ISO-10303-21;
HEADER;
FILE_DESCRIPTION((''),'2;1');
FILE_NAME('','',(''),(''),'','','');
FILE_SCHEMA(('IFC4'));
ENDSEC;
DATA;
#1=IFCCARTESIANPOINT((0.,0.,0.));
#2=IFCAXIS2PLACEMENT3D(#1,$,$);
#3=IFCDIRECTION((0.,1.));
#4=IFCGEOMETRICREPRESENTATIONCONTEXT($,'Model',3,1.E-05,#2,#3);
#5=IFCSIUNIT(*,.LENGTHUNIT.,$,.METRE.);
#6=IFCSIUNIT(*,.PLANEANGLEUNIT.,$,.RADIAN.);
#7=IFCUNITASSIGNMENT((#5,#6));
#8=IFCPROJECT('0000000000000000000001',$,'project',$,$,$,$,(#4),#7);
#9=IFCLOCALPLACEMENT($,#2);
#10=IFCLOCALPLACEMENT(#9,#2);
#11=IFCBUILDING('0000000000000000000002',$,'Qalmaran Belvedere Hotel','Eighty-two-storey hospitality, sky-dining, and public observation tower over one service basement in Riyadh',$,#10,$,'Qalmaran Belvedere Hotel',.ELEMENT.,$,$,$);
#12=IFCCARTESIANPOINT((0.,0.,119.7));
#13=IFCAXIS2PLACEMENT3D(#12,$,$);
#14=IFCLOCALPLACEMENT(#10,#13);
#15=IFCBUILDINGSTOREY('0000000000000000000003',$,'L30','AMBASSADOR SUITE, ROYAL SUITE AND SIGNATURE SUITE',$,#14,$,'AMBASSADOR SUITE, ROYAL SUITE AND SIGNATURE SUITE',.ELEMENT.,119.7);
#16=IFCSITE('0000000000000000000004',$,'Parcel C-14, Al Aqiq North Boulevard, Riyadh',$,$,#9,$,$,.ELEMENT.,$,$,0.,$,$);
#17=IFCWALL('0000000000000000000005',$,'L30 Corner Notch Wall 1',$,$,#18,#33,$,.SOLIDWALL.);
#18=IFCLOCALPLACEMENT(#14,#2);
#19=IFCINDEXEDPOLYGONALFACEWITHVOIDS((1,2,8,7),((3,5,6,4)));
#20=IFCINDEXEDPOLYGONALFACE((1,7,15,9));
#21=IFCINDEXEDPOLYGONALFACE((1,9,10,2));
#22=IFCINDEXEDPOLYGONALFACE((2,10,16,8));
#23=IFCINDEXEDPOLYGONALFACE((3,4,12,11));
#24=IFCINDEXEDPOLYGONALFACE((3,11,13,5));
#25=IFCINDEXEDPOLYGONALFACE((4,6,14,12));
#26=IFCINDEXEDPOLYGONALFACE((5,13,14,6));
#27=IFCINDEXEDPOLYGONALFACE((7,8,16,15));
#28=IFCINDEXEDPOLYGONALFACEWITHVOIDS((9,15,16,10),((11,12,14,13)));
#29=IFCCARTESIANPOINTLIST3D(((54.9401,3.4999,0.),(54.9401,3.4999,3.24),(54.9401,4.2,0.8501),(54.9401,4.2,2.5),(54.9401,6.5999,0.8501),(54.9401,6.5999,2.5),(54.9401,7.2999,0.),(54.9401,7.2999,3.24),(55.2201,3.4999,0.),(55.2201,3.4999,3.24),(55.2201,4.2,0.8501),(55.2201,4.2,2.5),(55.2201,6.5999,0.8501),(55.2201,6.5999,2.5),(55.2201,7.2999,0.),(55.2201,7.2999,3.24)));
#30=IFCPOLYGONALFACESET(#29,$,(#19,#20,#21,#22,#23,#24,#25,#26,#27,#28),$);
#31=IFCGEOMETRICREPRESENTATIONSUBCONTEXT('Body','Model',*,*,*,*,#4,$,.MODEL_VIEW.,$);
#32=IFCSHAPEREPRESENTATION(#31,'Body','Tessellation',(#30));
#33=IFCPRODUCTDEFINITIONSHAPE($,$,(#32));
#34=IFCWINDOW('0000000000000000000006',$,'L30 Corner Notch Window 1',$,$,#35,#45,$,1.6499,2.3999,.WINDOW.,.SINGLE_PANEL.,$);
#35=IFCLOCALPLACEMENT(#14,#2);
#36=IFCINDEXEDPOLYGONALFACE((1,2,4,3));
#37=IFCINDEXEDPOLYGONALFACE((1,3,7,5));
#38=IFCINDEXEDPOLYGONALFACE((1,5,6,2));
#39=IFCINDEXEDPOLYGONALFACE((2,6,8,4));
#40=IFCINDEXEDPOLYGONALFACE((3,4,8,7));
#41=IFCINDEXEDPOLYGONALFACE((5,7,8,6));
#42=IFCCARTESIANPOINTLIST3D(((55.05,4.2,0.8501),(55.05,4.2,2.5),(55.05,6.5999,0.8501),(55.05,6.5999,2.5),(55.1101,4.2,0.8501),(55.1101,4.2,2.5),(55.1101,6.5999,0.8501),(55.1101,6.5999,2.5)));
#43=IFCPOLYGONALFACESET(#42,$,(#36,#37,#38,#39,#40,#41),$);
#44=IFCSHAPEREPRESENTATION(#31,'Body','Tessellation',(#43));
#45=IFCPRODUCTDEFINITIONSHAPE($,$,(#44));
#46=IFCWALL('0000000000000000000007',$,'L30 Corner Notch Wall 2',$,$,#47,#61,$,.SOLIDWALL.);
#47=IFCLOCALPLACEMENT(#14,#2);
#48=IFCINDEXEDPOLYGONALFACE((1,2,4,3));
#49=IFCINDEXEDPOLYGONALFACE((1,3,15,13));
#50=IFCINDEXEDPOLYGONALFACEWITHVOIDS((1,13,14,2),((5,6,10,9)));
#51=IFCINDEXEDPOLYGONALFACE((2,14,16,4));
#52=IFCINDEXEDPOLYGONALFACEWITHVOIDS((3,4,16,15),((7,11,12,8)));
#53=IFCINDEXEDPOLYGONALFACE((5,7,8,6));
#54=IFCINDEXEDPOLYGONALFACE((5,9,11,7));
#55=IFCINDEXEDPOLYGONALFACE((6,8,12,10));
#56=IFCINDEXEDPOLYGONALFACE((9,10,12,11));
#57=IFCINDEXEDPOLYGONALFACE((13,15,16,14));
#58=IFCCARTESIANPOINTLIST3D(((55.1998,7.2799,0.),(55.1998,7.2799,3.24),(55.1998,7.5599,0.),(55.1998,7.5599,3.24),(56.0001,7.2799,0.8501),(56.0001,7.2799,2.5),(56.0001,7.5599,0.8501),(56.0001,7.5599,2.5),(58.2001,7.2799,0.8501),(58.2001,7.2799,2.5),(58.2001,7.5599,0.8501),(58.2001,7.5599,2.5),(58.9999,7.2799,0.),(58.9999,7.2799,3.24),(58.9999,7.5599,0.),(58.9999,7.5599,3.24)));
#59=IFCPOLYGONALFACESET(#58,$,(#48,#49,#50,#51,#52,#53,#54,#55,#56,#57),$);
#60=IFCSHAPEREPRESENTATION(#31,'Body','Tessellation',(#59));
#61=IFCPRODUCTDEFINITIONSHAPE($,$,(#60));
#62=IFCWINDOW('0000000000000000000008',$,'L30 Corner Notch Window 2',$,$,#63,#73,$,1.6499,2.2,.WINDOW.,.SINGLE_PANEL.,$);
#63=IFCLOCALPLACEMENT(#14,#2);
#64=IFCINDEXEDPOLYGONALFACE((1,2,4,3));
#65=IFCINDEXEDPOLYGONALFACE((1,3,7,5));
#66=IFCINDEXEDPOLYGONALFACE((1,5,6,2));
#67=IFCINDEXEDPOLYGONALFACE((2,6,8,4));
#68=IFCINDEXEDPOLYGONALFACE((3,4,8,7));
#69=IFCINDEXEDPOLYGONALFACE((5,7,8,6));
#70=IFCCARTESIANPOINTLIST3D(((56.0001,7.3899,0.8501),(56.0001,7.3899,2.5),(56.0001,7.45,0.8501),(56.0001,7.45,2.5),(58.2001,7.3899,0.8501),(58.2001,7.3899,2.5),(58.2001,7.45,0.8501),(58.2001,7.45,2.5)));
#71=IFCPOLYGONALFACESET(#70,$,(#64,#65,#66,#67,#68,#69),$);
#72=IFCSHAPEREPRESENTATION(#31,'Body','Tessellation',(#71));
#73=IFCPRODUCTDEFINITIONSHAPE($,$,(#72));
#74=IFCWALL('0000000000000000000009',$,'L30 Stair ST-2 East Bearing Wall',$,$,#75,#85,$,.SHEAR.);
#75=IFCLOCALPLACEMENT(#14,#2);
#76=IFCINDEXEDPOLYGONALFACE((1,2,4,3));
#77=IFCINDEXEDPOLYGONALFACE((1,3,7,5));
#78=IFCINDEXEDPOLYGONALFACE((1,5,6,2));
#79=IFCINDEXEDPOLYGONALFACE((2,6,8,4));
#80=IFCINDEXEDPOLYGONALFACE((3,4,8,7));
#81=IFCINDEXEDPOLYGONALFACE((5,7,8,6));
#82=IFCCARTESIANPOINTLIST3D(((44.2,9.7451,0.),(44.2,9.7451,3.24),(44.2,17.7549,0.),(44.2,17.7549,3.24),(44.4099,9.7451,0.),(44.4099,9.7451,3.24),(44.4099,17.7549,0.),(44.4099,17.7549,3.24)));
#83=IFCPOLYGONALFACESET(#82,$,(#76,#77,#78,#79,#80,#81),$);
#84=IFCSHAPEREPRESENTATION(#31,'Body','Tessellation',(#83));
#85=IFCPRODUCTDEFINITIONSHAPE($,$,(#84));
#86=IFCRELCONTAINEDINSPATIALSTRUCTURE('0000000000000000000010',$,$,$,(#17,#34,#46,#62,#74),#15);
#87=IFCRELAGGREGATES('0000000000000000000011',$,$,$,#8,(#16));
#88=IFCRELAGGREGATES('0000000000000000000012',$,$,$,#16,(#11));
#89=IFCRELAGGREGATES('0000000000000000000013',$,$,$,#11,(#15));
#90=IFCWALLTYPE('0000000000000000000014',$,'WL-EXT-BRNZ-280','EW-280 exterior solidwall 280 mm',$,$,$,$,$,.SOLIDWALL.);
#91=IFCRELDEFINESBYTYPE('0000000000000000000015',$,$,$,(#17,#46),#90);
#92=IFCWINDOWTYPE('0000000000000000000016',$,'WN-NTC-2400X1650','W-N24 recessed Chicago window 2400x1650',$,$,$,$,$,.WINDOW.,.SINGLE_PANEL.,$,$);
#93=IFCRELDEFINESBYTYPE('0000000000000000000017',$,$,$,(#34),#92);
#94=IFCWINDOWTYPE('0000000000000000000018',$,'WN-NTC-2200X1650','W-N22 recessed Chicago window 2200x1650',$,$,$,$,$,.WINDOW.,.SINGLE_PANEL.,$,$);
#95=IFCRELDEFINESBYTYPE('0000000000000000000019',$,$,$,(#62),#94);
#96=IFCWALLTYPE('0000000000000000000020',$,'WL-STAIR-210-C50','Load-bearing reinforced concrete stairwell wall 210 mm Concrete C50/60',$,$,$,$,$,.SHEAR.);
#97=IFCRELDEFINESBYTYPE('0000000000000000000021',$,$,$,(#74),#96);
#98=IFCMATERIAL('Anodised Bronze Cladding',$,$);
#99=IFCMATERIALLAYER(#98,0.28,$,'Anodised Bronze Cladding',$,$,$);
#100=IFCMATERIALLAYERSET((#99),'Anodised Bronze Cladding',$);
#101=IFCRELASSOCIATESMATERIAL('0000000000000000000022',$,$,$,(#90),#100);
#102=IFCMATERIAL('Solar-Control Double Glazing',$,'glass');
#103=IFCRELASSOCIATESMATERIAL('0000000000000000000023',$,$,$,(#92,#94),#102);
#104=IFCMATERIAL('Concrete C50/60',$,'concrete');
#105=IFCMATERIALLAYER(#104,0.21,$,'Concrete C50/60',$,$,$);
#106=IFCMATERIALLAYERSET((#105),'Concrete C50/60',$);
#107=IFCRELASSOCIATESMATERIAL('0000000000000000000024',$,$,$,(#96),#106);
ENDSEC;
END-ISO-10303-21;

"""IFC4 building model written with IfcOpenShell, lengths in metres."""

from ifc_helpers import new_model, si_unit, direction, frame, frame_2d, origin, place, context, subcontext, project, spatial, rectangle, extrude, material, layer, layer_set, type_object, element, fill, save


model = new_model("IFC4")

# Units and contexts
model_context = context("Model", 3, precision=1e-05, world=origin(), true_north=direction((0.0, 1.0)))
body_context = subcontext(model_context, "Body", "Model", "MODEL_VIEW")
ifc_project = project(units=[si_unit("LENGTHUNIT", "METRE"), si_unit("PLANEANGLEUNIT", "RADIAN")], contexts=[model_context])

# Site, building, storey
site_placement = place(None, origin())
site = spatial("IfcSite", under=ifc_project, at=site_placement, Name="Parcel C-14, Al Aqiq North Boulevard, Riyadh", CompositionType="ELEMENT", RefElevation=0.0)
building_placement = place(site_placement, origin())
building = spatial("IfcBuilding", under=site, at=building_placement, Name="Qalmaran Belvedere Hotel", Description="Eighty-two-storey hospitality, sky-dining, and public observation tower over one service basement in Riyadh", LongName="Qalmaran Belvedere Hotel", CompositionType="ELEMENT")
storey_placement = place(building_placement, frame((0.0, 0.0, 119.7)))
storey = spatial("IfcBuildingStorey", under=building, at=storey_placement, Name="L30", Description="AMBASSADOR SUITE, ROYAL SUITE AND SIGNATURE SUITE", LongName="AMBASSADOR SUITE, ROYAL SUITE AND SIGNATURE SUITE", CompositionType="ELEMENT", Elevation=119.7)

# Shared definitions
ifc_material_1 = material(Name="Solar-Control Double Glazing", Category="glass")

# Walls, openings, windows
ifc_material_2 = material(Name="Anodised Bronze Cladding")
ifc_layer_1 = layer(ifc_material_2, 0.28, Name="Anodised Bronze Cladding")
ifc_layer_set_1 = layer_set([ifc_layer_1], Name="Anodised Bronze Cladding")
wall_type_1 = type_object("IfcWallType", Name="WL-EXT-BRNZ-280", Description="EW-280 exterior solidwall 280 mm", PredefinedType="SOLIDWALL", material=ifc_layer_set_1)
wall_1_placement = place(storey_placement, frame((55.0801, 3.5, 0.0), z_axis=(0.0, 0.0, 1.0), x_axis=(0.0, 1.0, 0.0)))
wall_1 = element("IfcWall", 1, at=wall_1_placement, inside=storey, type_object=wall_type_1, Name="L30 Corner Notch Wall 1", PredefinedType="SOLIDWALL", context=body_context, shape_type="SweptSolid", body=[
    extrude(rectangle(XDim=3.8, YDim=0.28, at=frame_2d((1.8999, 0.0))), origin(), (0.0, 0.0, 1.0), 3.24),
])
opening_1_placement = place(wall_1_placement, frame((0.7, 0.0, 0.8501)))
opening_1 = element("IfcOpeningElement", 2, at=opening_1_placement, cuts=wall_1, PredefinedType="OPENING", context=body_context, shape_type="SweptSolid", body=[
    extrude(rectangle(XDim=2.3999, YDim=1.6499, at=frame_2d((1.2, 0.825))), frame((0.0, 0.1499, 0.0), z_axis=(0.0, -1.0, 0.0), x_axis=(1.0, 0.0, 0.0)), (0.0, 0.0, 1.0), 0.3),
])
window_type_1 = type_object("IfcWindowType", Name="WN-NTC-2400X1650", Description="W-N24 recessed Chicago window 2400x1650", PartitioningType="SINGLE_PANEL", PredefinedType="WINDOW", material=ifc_material_1)
window_1_placement = place(opening_1_placement, origin())
window_1 = element("IfcWindow", 3, at=window_1_placement, inside=storey, type_object=window_type_1, Name="L30 Corner Notch Window 1", OverallHeight=1.6499, OverallWidth=2.3999, PartitioningType="SINGLE_PANEL", PredefinedType="WINDOW", context=body_context, shape_type="SweptSolid", body=[
    extrude(rectangle(XDim=2.3999, YDim=1.6499, at=frame_2d((1.2, 0.825))), frame((0.0, 0.03, 0.0), z_axis=(0.0, -1.0, 0.0), x_axis=(1.0, 0.0, 0.0)), (0.0, 0.0, 1.0), 0.0601),
])
fill(opening_1, window_1)
wall_2_placement = place(storey_placement, frame((55.2, 7.4199, 0.0), z_axis=(0.0, 0.0, 1.0), x_axis=(1.0, 0.0, 0.0)))
wall_2 = element("IfcWall", 4, at=wall_2_placement, inside=storey, type_object=wall_type_1, Name="L30 Corner Notch Wall 2", PredefinedType="SOLIDWALL", context=body_context, shape_type="SweptSolid", body=[
    extrude(rectangle(XDim=3.8, YDim=0.28, at=frame_2d((1.8999, 0.0))), origin(), (0.0, 0.0, 1.0), 3.24),
])
opening_2_placement = place(wall_2_placement, frame((0.8, 0.0, 0.8501)))
opening_2 = element("IfcOpeningElement", 5, at=opening_2_placement, cuts=wall_2, PredefinedType="OPENING", context=body_context, shape_type="SweptSolid", body=[
    extrude(rectangle(XDim=2.2, YDim=1.6499, at=frame_2d((1.1001, 0.825))), frame((0.0, 0.1499, 0.0), z_axis=(0.0, -1.0, 0.0), x_axis=(1.0, 0.0, 0.0)), (0.0, 0.0, 1.0), 0.3),
])
window_type_2 = type_object("IfcWindowType", Name="WN-NTC-2200X1650", Description="W-N22 recessed Chicago window 2200x1650", PartitioningType="SINGLE_PANEL", PredefinedType="WINDOW", material=ifc_material_1)
window_2_placement = place(opening_2_placement, origin())
window_2 = element("IfcWindow", 6, at=window_2_placement, inside=storey, type_object=window_type_2, Name="L30 Corner Notch Window 2", OverallHeight=1.6499, OverallWidth=2.2, PartitioningType="SINGLE_PANEL", PredefinedType="WINDOW", context=body_context, shape_type="SweptSolid", body=[
    extrude(rectangle(XDim=2.2, YDim=1.6499, at=frame_2d((1.1001, 0.825))), frame((0.0, 0.03, 0.0), z_axis=(0.0, -1.0, 0.0), x_axis=(1.0, 0.0, 0.0)), (0.0, 0.0, 1.0), 0.0601),
])
fill(opening_2, window_2)

# Wall
ifc_material_3 = material(Name="Concrete C50/60", Category="concrete")
ifc_layer_2 = layer(ifc_material_3, 0.21, Name="Concrete C50/60")
ifc_layer_set_2 = layer_set([ifc_layer_2], Name="Concrete C50/60")
wall_type_2 = type_object("IfcWallType", Name="WL-STAIR-210-C50", Description="Load-bearing reinforced concrete stairwell wall 210 mm Concrete C50/60", PredefinedType="SHEAR", material=ifc_layer_set_2)
wall_3_placement = place(storey_placement, frame((44.3049, 9.7451, 0.0), z_axis=(0.0, 0.0, 1.0), x_axis=(0.0, 1.0, 0.0)))
element("IfcWall", 7, at=wall_3_placement, inside=storey, type_object=wall_type_2, Name="L30 Stair ST-2 East Bearing Wall", PredefinedType="SHEAR", context=body_context, shape_type="SweptSolid", body=[
    extrude(rectangle(XDim=8.0098, YDim=0.21, at=frame_2d((4.0049, 0.0))), origin(), (0.0, 0.0, 1.0), 3.24),
])

save(model, "model.ifc")
